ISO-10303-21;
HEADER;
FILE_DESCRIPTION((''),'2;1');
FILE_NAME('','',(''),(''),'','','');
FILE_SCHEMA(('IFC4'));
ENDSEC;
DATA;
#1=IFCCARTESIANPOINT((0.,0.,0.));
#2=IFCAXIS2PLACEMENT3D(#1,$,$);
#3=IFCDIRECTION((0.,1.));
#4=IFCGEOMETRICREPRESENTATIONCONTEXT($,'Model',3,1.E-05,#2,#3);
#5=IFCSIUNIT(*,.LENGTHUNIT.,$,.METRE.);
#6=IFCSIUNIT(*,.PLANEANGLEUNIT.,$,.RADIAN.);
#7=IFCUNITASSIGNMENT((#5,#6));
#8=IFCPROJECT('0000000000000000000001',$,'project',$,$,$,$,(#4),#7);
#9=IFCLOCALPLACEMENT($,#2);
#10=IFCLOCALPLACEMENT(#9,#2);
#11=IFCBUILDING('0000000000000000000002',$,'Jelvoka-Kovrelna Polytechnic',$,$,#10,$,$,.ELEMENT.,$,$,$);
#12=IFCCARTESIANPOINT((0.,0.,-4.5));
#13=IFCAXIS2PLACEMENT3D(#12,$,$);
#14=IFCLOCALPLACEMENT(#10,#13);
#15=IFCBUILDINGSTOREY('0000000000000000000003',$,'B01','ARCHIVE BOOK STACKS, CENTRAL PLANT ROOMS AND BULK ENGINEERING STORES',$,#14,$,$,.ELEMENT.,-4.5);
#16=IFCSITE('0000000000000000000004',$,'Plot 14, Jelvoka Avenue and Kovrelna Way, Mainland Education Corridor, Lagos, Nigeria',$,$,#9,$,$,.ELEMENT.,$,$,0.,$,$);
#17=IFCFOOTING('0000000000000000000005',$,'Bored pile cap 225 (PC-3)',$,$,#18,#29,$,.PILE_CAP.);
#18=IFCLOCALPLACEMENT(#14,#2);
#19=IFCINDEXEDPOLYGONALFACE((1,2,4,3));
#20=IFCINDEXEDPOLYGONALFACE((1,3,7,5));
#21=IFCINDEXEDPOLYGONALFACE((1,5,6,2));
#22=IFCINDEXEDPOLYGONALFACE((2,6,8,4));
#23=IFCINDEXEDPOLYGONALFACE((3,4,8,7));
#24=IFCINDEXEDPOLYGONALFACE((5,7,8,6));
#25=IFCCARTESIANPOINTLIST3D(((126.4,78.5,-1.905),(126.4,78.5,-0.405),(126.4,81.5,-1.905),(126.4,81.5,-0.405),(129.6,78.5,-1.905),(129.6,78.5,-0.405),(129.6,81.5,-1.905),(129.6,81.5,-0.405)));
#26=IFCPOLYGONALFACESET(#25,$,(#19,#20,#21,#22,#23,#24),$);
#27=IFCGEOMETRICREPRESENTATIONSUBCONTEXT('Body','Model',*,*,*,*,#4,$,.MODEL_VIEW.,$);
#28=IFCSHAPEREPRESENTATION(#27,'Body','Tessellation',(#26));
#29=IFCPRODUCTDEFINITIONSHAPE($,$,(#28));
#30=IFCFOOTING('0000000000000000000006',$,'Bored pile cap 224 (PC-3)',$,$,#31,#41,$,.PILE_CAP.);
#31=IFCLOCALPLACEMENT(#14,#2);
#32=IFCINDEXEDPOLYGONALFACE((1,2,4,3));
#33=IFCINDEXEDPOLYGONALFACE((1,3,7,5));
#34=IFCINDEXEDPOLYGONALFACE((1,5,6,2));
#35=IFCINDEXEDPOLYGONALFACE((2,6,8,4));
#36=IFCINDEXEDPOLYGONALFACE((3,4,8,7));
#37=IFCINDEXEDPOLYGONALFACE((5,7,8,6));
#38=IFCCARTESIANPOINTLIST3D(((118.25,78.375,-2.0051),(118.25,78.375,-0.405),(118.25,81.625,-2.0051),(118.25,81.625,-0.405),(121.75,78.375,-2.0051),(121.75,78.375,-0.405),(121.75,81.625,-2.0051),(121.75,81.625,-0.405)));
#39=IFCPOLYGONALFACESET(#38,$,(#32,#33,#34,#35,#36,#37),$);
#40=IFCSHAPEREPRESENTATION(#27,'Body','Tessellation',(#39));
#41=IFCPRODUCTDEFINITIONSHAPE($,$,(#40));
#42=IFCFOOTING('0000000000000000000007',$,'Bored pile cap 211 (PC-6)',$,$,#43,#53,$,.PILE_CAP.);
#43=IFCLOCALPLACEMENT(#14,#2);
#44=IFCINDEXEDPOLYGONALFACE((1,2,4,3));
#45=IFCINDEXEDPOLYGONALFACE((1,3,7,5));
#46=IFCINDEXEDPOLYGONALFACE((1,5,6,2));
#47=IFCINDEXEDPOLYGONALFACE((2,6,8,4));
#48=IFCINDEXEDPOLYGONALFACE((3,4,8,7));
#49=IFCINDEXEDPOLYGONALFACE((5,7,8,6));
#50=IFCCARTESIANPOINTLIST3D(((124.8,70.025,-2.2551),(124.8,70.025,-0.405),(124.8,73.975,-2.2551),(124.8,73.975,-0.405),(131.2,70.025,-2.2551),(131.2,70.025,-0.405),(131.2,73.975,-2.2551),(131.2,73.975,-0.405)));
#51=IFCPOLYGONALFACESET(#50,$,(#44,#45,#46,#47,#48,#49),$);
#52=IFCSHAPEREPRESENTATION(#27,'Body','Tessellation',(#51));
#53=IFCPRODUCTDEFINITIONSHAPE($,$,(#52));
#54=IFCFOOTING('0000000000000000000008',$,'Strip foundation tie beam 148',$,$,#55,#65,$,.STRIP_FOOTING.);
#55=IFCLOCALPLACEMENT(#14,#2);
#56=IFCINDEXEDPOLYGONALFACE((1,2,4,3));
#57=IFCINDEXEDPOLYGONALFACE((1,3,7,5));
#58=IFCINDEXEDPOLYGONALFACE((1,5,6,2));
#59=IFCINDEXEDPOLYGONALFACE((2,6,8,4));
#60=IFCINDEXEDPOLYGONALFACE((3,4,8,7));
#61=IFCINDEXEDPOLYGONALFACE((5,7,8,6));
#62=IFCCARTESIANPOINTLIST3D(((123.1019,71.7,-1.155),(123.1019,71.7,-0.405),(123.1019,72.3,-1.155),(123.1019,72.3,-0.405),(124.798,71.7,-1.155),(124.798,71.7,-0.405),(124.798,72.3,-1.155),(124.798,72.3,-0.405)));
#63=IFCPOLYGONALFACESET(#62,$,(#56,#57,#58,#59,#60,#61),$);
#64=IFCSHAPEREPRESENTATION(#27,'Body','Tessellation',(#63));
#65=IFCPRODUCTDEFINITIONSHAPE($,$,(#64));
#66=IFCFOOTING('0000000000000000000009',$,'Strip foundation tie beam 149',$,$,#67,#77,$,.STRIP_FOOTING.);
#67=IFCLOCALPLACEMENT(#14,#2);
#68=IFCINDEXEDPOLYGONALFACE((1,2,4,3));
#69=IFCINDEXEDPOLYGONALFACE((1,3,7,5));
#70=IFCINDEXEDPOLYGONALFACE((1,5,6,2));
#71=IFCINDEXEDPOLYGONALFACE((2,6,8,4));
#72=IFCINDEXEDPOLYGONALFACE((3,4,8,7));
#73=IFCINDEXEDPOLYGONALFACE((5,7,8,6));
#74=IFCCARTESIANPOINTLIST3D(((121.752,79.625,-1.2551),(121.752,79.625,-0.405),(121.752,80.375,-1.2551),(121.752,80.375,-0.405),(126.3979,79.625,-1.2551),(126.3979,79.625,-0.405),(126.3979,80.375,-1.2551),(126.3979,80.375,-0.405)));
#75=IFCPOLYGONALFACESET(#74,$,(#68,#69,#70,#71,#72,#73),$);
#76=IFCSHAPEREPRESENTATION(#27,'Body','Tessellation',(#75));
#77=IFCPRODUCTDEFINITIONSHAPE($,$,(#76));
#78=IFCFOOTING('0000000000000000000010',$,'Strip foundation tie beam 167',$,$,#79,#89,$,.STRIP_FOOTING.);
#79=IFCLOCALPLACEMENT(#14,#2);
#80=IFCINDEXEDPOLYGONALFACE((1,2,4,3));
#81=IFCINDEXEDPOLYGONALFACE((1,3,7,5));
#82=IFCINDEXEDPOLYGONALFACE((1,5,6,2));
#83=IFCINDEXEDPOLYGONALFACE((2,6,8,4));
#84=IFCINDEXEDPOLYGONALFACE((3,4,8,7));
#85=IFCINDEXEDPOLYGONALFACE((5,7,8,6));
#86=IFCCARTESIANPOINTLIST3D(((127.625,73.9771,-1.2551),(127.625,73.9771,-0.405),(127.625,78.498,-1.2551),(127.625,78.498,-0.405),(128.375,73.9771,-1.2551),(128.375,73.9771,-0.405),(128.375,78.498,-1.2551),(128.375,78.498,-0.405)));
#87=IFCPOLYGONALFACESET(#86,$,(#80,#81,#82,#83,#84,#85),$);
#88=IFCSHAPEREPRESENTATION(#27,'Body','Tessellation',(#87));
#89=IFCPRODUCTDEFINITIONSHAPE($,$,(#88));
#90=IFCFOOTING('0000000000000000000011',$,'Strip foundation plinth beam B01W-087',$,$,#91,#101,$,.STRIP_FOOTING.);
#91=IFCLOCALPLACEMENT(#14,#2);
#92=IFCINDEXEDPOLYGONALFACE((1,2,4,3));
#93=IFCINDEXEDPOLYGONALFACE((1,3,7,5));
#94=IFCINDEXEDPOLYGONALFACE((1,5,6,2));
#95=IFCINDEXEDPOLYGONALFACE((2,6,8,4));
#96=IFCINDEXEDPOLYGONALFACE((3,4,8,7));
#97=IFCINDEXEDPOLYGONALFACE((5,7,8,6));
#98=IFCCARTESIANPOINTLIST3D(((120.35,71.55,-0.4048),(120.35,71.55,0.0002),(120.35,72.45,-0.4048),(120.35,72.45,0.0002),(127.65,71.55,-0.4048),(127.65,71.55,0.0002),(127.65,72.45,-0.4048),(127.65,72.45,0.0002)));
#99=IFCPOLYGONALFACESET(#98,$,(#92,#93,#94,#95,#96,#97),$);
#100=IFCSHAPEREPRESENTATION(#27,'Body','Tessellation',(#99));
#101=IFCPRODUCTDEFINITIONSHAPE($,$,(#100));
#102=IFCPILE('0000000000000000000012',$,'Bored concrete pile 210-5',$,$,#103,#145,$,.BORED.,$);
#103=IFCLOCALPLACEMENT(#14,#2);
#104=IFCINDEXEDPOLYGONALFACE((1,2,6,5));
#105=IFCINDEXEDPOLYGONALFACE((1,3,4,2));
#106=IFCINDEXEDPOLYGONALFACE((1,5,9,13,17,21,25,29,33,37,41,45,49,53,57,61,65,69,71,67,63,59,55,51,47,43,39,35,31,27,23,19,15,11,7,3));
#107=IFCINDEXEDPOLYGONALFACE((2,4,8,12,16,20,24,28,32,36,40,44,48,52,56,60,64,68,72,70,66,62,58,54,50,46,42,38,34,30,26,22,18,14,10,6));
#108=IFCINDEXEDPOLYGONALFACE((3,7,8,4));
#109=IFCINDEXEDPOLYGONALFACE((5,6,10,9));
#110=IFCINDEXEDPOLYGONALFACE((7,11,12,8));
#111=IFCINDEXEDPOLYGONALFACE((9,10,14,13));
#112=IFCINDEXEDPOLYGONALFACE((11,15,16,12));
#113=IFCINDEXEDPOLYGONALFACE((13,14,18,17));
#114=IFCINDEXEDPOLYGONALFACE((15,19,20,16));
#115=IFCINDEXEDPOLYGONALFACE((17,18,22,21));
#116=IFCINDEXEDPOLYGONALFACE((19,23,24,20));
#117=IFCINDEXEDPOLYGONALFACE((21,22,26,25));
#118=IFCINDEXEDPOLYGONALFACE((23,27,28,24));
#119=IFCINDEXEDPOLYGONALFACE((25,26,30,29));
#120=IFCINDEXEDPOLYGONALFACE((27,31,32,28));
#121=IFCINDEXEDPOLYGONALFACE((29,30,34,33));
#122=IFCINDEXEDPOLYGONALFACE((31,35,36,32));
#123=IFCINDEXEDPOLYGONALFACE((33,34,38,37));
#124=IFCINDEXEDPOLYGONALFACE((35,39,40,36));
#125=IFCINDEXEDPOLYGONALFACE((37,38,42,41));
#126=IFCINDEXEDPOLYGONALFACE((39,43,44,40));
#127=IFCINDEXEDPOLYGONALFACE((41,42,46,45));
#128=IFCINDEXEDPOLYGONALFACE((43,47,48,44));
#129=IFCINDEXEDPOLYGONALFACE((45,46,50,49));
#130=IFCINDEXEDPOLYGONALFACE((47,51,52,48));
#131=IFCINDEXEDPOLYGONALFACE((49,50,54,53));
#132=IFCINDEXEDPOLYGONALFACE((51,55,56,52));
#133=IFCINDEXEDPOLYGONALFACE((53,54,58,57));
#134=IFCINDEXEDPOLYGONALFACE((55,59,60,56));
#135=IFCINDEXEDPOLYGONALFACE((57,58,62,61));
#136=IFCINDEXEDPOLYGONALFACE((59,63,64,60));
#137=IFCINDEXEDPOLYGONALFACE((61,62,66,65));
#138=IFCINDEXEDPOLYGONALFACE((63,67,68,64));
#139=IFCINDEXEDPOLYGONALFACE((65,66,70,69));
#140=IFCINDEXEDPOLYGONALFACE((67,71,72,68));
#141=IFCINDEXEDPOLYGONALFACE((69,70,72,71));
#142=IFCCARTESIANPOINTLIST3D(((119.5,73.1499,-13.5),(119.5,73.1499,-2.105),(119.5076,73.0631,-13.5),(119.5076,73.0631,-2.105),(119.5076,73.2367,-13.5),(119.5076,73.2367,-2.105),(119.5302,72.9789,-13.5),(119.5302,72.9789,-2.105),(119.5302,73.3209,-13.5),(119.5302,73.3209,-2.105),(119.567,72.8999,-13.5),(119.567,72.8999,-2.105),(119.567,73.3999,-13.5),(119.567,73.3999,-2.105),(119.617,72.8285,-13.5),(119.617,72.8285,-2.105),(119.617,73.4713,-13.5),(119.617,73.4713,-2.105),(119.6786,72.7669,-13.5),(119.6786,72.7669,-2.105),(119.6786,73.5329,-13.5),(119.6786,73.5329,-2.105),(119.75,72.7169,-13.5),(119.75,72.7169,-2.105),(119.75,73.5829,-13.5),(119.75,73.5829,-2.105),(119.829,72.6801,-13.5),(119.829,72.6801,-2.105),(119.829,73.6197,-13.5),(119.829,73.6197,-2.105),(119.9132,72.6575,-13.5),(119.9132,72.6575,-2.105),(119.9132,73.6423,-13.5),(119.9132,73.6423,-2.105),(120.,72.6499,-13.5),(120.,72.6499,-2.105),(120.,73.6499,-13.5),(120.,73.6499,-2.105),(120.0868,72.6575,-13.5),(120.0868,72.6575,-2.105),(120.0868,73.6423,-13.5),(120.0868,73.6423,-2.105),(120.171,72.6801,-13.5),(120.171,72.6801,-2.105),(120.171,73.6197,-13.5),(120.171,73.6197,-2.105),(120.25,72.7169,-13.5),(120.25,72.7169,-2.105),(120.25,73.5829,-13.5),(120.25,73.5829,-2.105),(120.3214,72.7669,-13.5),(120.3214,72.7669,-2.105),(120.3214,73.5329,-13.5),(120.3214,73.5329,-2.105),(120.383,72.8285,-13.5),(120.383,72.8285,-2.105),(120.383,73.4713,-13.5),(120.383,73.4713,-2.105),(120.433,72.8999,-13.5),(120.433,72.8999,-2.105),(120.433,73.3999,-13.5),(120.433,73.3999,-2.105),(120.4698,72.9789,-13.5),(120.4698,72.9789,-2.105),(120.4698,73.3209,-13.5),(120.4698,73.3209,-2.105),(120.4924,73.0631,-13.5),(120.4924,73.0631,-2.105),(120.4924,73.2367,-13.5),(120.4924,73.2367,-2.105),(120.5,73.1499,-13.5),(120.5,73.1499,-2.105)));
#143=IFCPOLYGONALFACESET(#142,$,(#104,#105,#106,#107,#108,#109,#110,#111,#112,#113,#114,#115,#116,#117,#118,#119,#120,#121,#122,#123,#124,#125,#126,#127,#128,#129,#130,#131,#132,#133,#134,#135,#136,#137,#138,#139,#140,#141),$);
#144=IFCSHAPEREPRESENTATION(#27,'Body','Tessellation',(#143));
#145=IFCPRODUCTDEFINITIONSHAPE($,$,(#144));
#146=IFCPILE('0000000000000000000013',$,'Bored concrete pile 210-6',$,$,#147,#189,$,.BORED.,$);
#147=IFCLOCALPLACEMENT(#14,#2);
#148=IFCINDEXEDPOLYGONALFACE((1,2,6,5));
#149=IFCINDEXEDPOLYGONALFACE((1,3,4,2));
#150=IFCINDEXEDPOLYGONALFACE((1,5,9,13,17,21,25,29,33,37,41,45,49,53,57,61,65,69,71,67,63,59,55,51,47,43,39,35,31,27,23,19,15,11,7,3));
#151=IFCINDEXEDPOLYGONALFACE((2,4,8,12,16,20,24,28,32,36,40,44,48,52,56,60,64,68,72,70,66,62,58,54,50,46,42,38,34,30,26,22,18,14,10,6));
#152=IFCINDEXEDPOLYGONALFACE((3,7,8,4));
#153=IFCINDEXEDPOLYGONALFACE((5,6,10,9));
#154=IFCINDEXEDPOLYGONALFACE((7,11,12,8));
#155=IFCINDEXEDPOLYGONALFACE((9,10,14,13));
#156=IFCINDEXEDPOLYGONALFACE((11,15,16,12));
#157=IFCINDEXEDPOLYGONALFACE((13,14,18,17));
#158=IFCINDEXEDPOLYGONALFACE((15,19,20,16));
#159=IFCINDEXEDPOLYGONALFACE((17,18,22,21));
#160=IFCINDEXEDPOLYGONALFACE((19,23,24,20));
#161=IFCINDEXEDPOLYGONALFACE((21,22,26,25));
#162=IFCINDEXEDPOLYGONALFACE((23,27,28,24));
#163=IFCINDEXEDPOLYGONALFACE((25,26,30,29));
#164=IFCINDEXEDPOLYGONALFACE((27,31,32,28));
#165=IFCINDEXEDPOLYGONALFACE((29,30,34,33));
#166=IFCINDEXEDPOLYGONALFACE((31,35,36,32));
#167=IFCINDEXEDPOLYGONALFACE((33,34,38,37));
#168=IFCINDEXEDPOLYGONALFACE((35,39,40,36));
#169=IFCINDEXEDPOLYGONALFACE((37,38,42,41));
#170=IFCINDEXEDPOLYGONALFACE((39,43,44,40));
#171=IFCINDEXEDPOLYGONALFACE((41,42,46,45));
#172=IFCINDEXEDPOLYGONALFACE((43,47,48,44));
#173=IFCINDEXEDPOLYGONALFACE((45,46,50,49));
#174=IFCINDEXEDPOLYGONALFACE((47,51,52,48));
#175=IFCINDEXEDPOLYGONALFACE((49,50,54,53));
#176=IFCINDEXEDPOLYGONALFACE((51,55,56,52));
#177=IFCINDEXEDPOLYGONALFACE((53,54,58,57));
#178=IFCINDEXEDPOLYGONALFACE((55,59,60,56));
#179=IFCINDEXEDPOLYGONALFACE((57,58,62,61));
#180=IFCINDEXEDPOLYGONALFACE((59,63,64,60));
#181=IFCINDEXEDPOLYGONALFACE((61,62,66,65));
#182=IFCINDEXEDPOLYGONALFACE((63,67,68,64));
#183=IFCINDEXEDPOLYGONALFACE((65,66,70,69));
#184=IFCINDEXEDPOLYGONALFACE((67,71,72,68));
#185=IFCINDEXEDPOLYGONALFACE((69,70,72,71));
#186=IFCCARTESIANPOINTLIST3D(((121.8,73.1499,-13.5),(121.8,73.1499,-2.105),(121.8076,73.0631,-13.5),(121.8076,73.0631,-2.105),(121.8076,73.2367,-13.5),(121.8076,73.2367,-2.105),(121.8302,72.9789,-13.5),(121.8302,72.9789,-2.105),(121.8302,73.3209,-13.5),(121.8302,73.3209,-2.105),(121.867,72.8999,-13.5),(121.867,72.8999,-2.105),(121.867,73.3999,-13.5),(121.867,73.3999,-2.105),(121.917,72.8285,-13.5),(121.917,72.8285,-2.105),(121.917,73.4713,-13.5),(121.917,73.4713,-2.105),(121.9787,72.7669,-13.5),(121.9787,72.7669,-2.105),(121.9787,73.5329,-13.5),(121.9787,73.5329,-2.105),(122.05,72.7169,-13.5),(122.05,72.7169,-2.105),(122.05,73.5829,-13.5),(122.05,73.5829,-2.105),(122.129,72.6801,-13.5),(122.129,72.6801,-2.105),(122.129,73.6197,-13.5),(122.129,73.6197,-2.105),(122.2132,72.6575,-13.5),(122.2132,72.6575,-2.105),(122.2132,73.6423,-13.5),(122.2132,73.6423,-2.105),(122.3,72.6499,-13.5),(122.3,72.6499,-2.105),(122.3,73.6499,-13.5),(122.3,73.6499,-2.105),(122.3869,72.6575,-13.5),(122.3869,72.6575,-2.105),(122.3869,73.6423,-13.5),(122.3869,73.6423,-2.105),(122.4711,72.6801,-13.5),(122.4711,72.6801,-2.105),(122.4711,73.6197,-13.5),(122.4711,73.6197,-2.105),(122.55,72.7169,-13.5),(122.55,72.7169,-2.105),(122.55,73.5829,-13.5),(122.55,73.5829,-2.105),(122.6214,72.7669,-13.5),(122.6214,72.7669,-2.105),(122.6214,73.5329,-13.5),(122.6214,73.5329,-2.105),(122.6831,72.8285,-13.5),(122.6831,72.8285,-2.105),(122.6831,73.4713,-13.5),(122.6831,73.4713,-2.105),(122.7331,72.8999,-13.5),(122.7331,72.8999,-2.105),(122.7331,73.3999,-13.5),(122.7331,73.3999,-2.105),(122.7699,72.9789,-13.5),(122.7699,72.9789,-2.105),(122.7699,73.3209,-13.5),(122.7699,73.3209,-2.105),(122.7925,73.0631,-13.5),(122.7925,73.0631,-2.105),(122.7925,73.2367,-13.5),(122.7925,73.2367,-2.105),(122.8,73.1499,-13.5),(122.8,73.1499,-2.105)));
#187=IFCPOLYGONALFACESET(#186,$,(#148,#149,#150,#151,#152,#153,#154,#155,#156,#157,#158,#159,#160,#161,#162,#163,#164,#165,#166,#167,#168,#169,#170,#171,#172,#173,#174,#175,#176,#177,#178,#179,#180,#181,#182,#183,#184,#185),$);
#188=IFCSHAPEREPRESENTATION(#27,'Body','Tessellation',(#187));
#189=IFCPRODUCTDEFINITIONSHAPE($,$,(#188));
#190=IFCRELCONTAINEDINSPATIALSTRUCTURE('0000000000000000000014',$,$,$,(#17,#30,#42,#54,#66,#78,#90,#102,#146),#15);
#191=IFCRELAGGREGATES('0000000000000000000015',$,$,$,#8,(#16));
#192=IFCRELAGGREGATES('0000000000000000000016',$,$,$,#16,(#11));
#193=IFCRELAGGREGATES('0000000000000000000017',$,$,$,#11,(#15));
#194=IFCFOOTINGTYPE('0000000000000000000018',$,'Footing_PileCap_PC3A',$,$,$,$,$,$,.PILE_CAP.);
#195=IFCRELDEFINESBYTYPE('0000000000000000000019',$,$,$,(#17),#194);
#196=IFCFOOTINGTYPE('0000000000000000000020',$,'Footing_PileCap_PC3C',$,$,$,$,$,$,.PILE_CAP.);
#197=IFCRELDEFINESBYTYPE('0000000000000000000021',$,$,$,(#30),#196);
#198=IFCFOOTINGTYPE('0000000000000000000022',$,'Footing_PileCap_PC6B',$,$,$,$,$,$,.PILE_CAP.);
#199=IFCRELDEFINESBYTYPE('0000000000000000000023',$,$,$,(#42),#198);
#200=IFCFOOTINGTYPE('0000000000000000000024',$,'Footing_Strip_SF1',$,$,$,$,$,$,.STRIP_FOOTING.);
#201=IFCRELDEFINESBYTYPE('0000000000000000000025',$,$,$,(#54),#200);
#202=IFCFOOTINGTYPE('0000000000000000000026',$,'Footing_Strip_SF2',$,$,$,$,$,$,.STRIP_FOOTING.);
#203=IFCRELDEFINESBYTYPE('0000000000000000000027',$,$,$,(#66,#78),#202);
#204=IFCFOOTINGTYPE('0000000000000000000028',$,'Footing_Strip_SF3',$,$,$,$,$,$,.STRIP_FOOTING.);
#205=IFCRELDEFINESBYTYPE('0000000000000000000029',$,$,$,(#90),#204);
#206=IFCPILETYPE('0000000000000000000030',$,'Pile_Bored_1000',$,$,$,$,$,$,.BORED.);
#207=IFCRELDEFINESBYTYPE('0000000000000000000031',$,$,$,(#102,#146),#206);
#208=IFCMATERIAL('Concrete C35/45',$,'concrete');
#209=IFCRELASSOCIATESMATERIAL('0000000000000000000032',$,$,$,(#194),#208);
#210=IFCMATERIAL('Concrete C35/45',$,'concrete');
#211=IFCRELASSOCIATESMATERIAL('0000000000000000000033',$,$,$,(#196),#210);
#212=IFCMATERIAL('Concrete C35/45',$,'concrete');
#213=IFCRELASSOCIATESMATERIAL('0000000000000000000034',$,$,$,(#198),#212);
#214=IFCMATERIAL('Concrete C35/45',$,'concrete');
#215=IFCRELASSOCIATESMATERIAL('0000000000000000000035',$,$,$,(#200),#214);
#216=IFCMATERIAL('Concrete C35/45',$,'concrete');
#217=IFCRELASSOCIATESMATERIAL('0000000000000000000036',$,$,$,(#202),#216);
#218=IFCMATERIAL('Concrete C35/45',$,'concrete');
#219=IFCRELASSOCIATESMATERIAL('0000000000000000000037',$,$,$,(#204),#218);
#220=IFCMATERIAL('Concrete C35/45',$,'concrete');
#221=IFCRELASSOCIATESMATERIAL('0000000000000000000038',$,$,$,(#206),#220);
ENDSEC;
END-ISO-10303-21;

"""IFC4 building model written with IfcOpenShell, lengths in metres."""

from ifc_helpers import new_model, si_unit, direction, frame, origin, origin_2d, place, context, subcontext, project, spatial, rectangle, circle, extrude, material, material_profile, profile_set, type_object, element, save


model = new_model("IFC4")

# Units and contexts
model_context = context("Model", 3, precision=1e-05, world=origin(), true_north=direction((0.0, 1.0)))
body_context = subcontext(model_context, "Body", "Model", "MODEL_VIEW")
ifc_project = project(units=[si_unit("LENGTHUNIT", "METRE"), si_unit("PLANEANGLEUNIT", "RADIAN")], contexts=[model_context])

# Site, building, storey
site_placement = place(None, origin())
site = spatial("IfcSite", under=ifc_project, at=site_placement, Name="Plot 14, Jelvoka Avenue and Kovrelna Way, Mainland Education Corridor, Lagos, Nigeria", CompositionType="ELEMENT", RefElevation=0.0)
building_placement = place(site_placement, origin())
building = spatial("IfcBuilding", under=site, at=building_placement, Name="Jelvoka-Kovrelna Polytechnic", CompositionType="ELEMENT")
storey_placement = place(building_placement, frame((0.0, 0.0, -4.5)))
storey = spatial("IfcBuildingStorey", under=building, at=storey_placement, Name="B01", Description="ARCHIVE BOOK STACKS, CENTRAL PLANT ROOMS AND BULK ENGINEERING STORES", CompositionType="ELEMENT", Elevation=-4.5)

# Footings
ifc_material_1 = material(Name="Concrete C35/45", Category="concrete")
footing_type_1 = type_object("IfcFootingType", Name="Footing_PileCap_PC3A", PredefinedType="PILE_CAP", material=ifc_material_1)
footing_1_placement = place(storey_placement, frame((128.0, 80.0, -1.905), z_axis=(0.0, 0.0, 1.0), x_axis=(1.0, 0.0, 0.0)))
element("IfcFooting", 1, at=footing_1_placement, inside=storey, type_object=footing_type_1, Name="Bored pile cap 225 (PC-3)", PredefinedType="PILE_CAP", context=body_context, shape_type="SweptSolid", body=[
    extrude(rectangle(XDim=3.2, YDim=3.0, at=origin_2d()), origin(), (0.0, 0.0, 1.0), 1.5),
])
ifc_material_2 = material(Name="Concrete C35/45", Category="concrete")
footing_type_2 = type_object("IfcFootingType", Name="Footing_PileCap_PC3C", PredefinedType="PILE_CAP", material=ifc_material_2)
footing_2_placement = place(storey_placement, frame((120.0, 80.0, -2.0051), z_axis=(0.0, 0.0, 1.0), x_axis=(1.0, 0.0, 0.0)))
element("IfcFooting", 2, at=footing_2_placement, inside=storey, type_object=footing_type_2, Name="Bored pile cap 224 (PC-3)", PredefinedType="PILE_CAP", context=body_context, shape_type="SweptSolid", body=[
    extrude(rectangle(XDim=3.5, YDim=3.25, at=origin_2d()), origin(), (0.0, 0.0, 1.0), 1.6001),
])
ifc_material_3 = material(Name="Concrete C35/45", Category="concrete")
footing_type_3 = type_object("IfcFootingType", Name="Footing_PileCap_PC6B", PredefinedType="PILE_CAP", material=ifc_material_3)
footing_3_placement = place(storey_placement, frame((128.0, 72.0, -2.2551), z_axis=(0.0, 0.0, 1.0), x_axis=(1.0, 0.0, 0.0)))
element("IfcFooting", 3, at=footing_3_placement, inside=storey, type_object=footing_type_3, Name="Bored pile cap 211 (PC-6)", PredefinedType="PILE_CAP", context=body_context, shape_type="SweptSolid", body=[
    extrude(rectangle(XDim=6.3999, YDim=3.95, at=origin_2d()), origin(), (0.0, 0.0, 1.0), 1.8501),
])
ifc_material_4 = material(Name="Concrete C35/45", Category="concrete")
footing_type_4 = type_object("IfcFootingType", Name="Footing_Strip_SF1", PredefinedType="STRIP_FOOTING", material=ifc_material_4)
footing_4_placement = place(storey_placement, frame((123.95, 72.0, -1.155), z_axis=(0.0, 0.0, 1.0), x_axis=(1.0, 0.0, 0.0)))
element("IfcFooting", 4, at=footing_4_placement, inside=storey, type_object=footing_type_4, Name="Strip foundation tie beam 148", PredefinedType="STRIP_FOOTING", context=body_context, shape_type="SweptSolid", body=[
    extrude(rectangle(XDim=1.696, YDim=0.6001, at=origin_2d()), origin(), (0.0, 0.0, 1.0), 0.75),
])
ifc_material_5 = material(Name="Concrete C35/45", Category="concrete")
footing_type_5 = type_object("IfcFootingType", Name="Footing_Strip_SF2", PredefinedType="STRIP_FOOTING", material=ifc_material_5)
footing_5_placement = place(storey_placement, frame((124.075, 80.0, -1.2551), z_axis=(0.0, 0.0, 1.0), x_axis=(1.0, 0.0, 0.0)))
element("IfcFooting", 5, at=footing_5_placement, inside=storey, type_object=footing_type_5, Name="Strip foundation tie beam 149", PredefinedType="STRIP_FOOTING", context=body_context, shape_type="SweptSolid", body=[
    extrude(rectangle(XDim=4.646, YDim=0.75, at=origin_2d()), origin(), (0.0, 0.0, 1.0), 0.8501),
])
footing_6_placement = place(storey_placement, frame((128.0, 76.2375, -1.2551), z_axis=(0.0, 0.0, 1.0), x_axis=(0.0, 1.0, 0.0)))
element("IfcFooting", 6, at=footing_6_placement, inside=storey, type_object=footing_type_5, Name="Strip foundation tie beam 167", PredefinedType="STRIP_FOOTING", context=body_context, shape_type="SweptSolid", body=[
    extrude(rectangle(XDim=4.521, YDim=0.75, at=origin_2d()), origin(), (0.0, 0.0, 1.0), 0.8501),
])
ifc_material_6 = material(Name="Concrete C35/45", Category="concrete")
footing_type_6 = type_object("IfcFootingType", Name="Footing_Strip_SF3", PredefinedType="STRIP_FOOTING", material=ifc_material_6)
footing_7_placement = place(storey_placement, frame((124.0, 72.0, -0.4048), z_axis=(0.0, 0.0, 1.0), x_axis=(1.0, 0.0, 0.0)))
element("IfcFooting", 7, at=footing_7_placement, inside=storey, type_object=footing_type_6, Name="Strip foundation plinth beam B01W-087", PredefinedType="STRIP_FOOTING", context=body_context, shape_type="SweptSolid", body=[
    extrude(rectangle(XDim=7.3, YDim=0.8999, at=origin_2d()), origin(), (0.0, 0.0, 1.0), 0.405),
])

# Piles
ifc_material_7 = material(Name="Concrete C35/45", Category="concrete")
ifc_material_profile_1 = material_profile(ifc_material_7, circle(Radius=0.5, at=origin_2d()), Name="PILE D1000")
ifc_profile_set_1 = profile_set([ifc_material_profile_1], Name="Concrete C35/45")
pile_type_1 = type_object("IfcPileType", Name="Pile_Bored_1000", PredefinedType="BORED", material=ifc_profile_set_1)
for number, where, z_axis, x_axis, name in (
    (8, (120.0, 73.1499, -2.105), (0.0, 0.0, -1.0), (1.0, 0.0, 0.0), "Bored concrete pile 210-5"),
    (9, (122.3, 73.1499, -2.105), (0.0, 0.0, -1.0), (1.0, 0.0, 0.0), "Bored concrete pile 210-6"),
):
    element("IfcPile", number, at=place(storey_placement, frame(where, z_axis=z_axis, x_axis=x_axis)), inside=storey, type_object=pile_type_1, Name=name, PredefinedType="BORED", context=body_context, shape_type="SweptSolid", body=[
        extrude(circle(Radius=0.5, at=origin_2d()), origin(), (0.0, 0.0, 1.0), 11.395),
    ])

save(model, "model.ifc")
